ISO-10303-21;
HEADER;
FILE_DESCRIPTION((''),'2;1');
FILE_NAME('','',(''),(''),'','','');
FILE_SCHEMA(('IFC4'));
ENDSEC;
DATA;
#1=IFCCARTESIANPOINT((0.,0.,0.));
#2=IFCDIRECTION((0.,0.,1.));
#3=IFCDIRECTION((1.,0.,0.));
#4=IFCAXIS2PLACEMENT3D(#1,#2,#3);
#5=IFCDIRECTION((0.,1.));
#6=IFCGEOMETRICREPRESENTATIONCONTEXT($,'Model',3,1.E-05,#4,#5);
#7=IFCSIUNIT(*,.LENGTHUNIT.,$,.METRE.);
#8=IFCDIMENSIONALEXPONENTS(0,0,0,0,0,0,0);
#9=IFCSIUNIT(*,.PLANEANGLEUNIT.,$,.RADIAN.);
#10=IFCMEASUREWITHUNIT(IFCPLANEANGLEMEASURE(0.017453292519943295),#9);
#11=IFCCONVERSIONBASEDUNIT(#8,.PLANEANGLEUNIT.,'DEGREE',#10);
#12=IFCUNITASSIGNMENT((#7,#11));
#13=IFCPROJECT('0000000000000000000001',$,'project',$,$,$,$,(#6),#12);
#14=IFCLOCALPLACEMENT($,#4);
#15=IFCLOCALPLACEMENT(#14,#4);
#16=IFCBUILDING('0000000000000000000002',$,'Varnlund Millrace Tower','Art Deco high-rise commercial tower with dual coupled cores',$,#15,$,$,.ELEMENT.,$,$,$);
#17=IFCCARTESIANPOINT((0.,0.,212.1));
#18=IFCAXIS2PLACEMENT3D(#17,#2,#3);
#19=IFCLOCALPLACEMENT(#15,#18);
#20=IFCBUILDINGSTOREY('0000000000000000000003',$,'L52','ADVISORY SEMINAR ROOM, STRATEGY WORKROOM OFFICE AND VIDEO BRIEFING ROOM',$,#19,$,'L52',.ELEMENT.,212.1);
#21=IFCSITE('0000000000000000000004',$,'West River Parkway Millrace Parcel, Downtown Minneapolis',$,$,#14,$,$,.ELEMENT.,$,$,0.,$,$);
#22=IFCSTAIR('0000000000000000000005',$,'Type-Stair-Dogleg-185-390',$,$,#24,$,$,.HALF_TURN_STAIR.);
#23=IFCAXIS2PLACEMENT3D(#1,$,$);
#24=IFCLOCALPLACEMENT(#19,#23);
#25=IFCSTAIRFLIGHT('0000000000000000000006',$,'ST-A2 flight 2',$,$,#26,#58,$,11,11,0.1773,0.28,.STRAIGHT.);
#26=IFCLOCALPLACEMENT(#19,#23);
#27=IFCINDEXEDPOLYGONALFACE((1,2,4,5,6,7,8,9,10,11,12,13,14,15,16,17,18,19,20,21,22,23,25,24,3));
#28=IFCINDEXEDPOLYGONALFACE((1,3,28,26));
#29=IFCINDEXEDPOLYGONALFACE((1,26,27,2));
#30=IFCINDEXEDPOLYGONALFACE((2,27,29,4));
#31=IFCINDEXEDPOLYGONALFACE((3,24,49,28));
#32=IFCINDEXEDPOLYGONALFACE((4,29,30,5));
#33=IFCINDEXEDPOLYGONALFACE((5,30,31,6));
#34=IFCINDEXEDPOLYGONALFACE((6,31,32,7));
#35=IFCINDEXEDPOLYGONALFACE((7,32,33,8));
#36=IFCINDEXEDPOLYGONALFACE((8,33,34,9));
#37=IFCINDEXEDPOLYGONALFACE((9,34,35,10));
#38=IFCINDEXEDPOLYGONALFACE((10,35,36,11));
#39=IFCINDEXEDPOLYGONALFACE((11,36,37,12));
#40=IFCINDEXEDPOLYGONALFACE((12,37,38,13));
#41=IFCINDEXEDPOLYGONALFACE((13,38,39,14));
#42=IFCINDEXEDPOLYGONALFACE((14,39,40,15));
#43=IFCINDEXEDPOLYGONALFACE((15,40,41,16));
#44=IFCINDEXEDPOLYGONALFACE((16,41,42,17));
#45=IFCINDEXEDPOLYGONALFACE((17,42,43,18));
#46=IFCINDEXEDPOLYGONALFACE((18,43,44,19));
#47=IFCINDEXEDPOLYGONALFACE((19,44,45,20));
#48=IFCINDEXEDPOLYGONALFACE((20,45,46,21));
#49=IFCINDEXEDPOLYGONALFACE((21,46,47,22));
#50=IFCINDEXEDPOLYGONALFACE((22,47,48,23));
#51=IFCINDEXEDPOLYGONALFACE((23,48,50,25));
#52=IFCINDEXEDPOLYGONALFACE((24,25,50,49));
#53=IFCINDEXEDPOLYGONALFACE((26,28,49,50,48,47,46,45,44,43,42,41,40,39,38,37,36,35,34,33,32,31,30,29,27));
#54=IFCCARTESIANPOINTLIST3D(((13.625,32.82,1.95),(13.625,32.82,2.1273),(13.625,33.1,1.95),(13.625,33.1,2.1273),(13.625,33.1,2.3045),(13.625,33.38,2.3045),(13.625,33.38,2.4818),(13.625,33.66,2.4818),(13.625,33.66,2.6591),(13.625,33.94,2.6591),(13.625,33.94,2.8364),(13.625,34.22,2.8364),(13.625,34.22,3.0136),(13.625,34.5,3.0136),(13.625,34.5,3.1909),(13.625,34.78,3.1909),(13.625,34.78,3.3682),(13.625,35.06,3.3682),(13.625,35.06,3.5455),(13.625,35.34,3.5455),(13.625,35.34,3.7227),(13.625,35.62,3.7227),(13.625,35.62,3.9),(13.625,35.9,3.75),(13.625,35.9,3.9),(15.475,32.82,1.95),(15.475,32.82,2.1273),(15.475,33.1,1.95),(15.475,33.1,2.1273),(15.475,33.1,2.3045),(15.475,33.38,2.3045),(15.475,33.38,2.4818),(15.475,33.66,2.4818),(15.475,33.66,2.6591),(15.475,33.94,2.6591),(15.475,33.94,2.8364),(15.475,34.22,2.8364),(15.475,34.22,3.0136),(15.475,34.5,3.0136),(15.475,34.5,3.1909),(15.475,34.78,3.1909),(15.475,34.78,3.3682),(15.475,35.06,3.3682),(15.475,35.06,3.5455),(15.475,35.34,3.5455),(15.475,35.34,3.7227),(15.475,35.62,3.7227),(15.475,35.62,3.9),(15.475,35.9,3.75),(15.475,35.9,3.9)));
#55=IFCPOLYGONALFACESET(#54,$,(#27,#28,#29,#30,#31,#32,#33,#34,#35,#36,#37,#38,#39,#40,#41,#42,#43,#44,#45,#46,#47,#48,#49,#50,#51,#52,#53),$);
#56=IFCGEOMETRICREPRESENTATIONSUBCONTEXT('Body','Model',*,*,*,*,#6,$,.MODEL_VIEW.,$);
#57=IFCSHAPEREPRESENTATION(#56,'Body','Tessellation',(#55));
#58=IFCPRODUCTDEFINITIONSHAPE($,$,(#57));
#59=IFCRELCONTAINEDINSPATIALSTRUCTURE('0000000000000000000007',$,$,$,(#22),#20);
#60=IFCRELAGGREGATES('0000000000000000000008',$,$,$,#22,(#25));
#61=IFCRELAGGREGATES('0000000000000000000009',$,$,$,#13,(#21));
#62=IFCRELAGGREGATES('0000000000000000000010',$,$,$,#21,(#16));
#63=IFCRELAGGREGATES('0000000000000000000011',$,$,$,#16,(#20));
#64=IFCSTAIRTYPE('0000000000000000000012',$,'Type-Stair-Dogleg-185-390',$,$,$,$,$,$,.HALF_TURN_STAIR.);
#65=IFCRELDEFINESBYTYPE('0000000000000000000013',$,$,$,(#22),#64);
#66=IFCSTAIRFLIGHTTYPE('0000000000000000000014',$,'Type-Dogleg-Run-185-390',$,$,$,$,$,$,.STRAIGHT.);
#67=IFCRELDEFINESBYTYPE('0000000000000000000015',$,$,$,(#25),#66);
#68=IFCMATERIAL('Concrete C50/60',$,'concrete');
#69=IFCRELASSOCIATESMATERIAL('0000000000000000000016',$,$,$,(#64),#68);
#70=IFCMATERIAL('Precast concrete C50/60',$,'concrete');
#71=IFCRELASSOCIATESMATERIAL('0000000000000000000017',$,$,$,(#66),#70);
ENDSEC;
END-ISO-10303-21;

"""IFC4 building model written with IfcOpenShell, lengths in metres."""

from ifc_helpers import new_model, entity, si_unit, converted_unit, direction, frame, origin_with_axes, place, context, subcontext, project, spatial, polyline, outline, extrude, material, type_object, element, aggregate, save


model = new_model("IFC4")

# Units and contexts
model_context = context("Model", 3, precision=1e-05, world=origin_with_axes(), true_north=direction((0.0, 1.0)))
body_context = subcontext(model_context, "Body", "Model", "MODEL_VIEW")
ifc_project = project(units=[si_unit("LENGTHUNIT", "METRE"), converted_unit("PLANEANGLEUNIT", "DEGREE", entity("IfcPlaneAngleMeasure", 0.017453292519943295), si_unit("PLANEANGLEUNIT", "RADIAN"), dimensions=[0, 0, 0, 0, 0, 0, 0])], contexts=[model_context])

# Site, building, storey
site_placement = place(None, origin_with_axes())
site = spatial("IfcSite", under=ifc_project, at=site_placement, Name="West River Parkway Millrace Parcel, Downtown Minneapolis", CompositionType="ELEMENT", RefElevation=0.0)
building_placement = place(site_placement, origin_with_axes())
building = spatial("IfcBuilding", under=site, at=building_placement, Name="Varnlund Millrace Tower", Description="Art Deco high-rise commercial tower with dual coupled cores", CompositionType="ELEMENT")
storey_placement = place(building_placement, frame((0.0, 0.0, 212.1), z_axis=(0.0, 0.0, 1.0), x_axis=(1.0, 0.0, 0.0)))
storey = spatial("IfcBuildingStorey", under=building, at=storey_placement, Name="L52", Description="ADVISORY SEMINAR ROOM, STRATEGY WORKROOM OFFICE AND VIDEO BRIEFING ROOM", LongName="L52", CompositionType="ELEMENT", Elevation=212.1)

# Shared definitions
ifc_material_1 = material(Name="Precast concrete C50/60", Category="concrete")

# Stair, stair flight
ifc_material_2 = material(Name="Concrete C50/60", Category="concrete")
stair_type = type_object("IfcStairType", Name="Type-Stair-Dogleg-185-390", PredefinedType="HALF_TURN_STAIR", material=ifc_material_2)
stair_placement = place(storey_placement, origin_with_axes())
stair = element("IfcStair", 1, at=stair_placement, inside=storey, type_object=stair_type, Name="Type-Stair-Dogleg-185-390", PredefinedType="HALF_TURN_STAIR")
stair_flight_type = type_object("IfcStairFlightType", Name="Type-Dogleg-Run-185-390", PredefinedType="STRAIGHT", material=ifc_material_1)
stair_flight_placement = place(storey_placement, frame((13.625, 32.82, 1.95), z_axis=(1.0, 0.0, 0.0), x_axis=(0.0, 1.0, 0.0)))
stair_flight = element("IfcStairFlight", 2, at=stair_flight_placement, type_object=stair_flight_type, Name="ST-A2 flight 2", NumberOfRisers=11, NumberOfTreads=11, PredefinedType="STRAIGHT", RiserHeight=0.1773, TreadLength=0.28, context=body_context, shape_type="SweptSolid", body=[
    extrude(outline(polyline([(0.0, 0.0), (0.0, 0.1773), (0.28, 0.1773), (0.28, 0.3545), (0.56, 0.3545), (0.56, 0.5318), (0.84, 0.5318), (0.84, 0.7091), (1.12, 0.7091), (1.12, 0.8864), (1.4, 0.8864), (1.4, 1.0636), (1.68, 1.0636), (1.68, 1.2409), (1.96, 1.2409), (1.96, 1.4182), (2.24, 1.4182), (2.24, 1.5955), (2.52, 1.5955), (2.52, 1.7727), (2.8, 1.7727), (2.8, 1.95), (3.08, 1.95), (3.08, 1.8), (0.28, 0.0), (0.0, 0.0)])), origin_with_axes(), (0.0, 0.0, 1.0), 1.85),
])
aggregate(stair, [stair_flight])

save(model, "model.ifc")
